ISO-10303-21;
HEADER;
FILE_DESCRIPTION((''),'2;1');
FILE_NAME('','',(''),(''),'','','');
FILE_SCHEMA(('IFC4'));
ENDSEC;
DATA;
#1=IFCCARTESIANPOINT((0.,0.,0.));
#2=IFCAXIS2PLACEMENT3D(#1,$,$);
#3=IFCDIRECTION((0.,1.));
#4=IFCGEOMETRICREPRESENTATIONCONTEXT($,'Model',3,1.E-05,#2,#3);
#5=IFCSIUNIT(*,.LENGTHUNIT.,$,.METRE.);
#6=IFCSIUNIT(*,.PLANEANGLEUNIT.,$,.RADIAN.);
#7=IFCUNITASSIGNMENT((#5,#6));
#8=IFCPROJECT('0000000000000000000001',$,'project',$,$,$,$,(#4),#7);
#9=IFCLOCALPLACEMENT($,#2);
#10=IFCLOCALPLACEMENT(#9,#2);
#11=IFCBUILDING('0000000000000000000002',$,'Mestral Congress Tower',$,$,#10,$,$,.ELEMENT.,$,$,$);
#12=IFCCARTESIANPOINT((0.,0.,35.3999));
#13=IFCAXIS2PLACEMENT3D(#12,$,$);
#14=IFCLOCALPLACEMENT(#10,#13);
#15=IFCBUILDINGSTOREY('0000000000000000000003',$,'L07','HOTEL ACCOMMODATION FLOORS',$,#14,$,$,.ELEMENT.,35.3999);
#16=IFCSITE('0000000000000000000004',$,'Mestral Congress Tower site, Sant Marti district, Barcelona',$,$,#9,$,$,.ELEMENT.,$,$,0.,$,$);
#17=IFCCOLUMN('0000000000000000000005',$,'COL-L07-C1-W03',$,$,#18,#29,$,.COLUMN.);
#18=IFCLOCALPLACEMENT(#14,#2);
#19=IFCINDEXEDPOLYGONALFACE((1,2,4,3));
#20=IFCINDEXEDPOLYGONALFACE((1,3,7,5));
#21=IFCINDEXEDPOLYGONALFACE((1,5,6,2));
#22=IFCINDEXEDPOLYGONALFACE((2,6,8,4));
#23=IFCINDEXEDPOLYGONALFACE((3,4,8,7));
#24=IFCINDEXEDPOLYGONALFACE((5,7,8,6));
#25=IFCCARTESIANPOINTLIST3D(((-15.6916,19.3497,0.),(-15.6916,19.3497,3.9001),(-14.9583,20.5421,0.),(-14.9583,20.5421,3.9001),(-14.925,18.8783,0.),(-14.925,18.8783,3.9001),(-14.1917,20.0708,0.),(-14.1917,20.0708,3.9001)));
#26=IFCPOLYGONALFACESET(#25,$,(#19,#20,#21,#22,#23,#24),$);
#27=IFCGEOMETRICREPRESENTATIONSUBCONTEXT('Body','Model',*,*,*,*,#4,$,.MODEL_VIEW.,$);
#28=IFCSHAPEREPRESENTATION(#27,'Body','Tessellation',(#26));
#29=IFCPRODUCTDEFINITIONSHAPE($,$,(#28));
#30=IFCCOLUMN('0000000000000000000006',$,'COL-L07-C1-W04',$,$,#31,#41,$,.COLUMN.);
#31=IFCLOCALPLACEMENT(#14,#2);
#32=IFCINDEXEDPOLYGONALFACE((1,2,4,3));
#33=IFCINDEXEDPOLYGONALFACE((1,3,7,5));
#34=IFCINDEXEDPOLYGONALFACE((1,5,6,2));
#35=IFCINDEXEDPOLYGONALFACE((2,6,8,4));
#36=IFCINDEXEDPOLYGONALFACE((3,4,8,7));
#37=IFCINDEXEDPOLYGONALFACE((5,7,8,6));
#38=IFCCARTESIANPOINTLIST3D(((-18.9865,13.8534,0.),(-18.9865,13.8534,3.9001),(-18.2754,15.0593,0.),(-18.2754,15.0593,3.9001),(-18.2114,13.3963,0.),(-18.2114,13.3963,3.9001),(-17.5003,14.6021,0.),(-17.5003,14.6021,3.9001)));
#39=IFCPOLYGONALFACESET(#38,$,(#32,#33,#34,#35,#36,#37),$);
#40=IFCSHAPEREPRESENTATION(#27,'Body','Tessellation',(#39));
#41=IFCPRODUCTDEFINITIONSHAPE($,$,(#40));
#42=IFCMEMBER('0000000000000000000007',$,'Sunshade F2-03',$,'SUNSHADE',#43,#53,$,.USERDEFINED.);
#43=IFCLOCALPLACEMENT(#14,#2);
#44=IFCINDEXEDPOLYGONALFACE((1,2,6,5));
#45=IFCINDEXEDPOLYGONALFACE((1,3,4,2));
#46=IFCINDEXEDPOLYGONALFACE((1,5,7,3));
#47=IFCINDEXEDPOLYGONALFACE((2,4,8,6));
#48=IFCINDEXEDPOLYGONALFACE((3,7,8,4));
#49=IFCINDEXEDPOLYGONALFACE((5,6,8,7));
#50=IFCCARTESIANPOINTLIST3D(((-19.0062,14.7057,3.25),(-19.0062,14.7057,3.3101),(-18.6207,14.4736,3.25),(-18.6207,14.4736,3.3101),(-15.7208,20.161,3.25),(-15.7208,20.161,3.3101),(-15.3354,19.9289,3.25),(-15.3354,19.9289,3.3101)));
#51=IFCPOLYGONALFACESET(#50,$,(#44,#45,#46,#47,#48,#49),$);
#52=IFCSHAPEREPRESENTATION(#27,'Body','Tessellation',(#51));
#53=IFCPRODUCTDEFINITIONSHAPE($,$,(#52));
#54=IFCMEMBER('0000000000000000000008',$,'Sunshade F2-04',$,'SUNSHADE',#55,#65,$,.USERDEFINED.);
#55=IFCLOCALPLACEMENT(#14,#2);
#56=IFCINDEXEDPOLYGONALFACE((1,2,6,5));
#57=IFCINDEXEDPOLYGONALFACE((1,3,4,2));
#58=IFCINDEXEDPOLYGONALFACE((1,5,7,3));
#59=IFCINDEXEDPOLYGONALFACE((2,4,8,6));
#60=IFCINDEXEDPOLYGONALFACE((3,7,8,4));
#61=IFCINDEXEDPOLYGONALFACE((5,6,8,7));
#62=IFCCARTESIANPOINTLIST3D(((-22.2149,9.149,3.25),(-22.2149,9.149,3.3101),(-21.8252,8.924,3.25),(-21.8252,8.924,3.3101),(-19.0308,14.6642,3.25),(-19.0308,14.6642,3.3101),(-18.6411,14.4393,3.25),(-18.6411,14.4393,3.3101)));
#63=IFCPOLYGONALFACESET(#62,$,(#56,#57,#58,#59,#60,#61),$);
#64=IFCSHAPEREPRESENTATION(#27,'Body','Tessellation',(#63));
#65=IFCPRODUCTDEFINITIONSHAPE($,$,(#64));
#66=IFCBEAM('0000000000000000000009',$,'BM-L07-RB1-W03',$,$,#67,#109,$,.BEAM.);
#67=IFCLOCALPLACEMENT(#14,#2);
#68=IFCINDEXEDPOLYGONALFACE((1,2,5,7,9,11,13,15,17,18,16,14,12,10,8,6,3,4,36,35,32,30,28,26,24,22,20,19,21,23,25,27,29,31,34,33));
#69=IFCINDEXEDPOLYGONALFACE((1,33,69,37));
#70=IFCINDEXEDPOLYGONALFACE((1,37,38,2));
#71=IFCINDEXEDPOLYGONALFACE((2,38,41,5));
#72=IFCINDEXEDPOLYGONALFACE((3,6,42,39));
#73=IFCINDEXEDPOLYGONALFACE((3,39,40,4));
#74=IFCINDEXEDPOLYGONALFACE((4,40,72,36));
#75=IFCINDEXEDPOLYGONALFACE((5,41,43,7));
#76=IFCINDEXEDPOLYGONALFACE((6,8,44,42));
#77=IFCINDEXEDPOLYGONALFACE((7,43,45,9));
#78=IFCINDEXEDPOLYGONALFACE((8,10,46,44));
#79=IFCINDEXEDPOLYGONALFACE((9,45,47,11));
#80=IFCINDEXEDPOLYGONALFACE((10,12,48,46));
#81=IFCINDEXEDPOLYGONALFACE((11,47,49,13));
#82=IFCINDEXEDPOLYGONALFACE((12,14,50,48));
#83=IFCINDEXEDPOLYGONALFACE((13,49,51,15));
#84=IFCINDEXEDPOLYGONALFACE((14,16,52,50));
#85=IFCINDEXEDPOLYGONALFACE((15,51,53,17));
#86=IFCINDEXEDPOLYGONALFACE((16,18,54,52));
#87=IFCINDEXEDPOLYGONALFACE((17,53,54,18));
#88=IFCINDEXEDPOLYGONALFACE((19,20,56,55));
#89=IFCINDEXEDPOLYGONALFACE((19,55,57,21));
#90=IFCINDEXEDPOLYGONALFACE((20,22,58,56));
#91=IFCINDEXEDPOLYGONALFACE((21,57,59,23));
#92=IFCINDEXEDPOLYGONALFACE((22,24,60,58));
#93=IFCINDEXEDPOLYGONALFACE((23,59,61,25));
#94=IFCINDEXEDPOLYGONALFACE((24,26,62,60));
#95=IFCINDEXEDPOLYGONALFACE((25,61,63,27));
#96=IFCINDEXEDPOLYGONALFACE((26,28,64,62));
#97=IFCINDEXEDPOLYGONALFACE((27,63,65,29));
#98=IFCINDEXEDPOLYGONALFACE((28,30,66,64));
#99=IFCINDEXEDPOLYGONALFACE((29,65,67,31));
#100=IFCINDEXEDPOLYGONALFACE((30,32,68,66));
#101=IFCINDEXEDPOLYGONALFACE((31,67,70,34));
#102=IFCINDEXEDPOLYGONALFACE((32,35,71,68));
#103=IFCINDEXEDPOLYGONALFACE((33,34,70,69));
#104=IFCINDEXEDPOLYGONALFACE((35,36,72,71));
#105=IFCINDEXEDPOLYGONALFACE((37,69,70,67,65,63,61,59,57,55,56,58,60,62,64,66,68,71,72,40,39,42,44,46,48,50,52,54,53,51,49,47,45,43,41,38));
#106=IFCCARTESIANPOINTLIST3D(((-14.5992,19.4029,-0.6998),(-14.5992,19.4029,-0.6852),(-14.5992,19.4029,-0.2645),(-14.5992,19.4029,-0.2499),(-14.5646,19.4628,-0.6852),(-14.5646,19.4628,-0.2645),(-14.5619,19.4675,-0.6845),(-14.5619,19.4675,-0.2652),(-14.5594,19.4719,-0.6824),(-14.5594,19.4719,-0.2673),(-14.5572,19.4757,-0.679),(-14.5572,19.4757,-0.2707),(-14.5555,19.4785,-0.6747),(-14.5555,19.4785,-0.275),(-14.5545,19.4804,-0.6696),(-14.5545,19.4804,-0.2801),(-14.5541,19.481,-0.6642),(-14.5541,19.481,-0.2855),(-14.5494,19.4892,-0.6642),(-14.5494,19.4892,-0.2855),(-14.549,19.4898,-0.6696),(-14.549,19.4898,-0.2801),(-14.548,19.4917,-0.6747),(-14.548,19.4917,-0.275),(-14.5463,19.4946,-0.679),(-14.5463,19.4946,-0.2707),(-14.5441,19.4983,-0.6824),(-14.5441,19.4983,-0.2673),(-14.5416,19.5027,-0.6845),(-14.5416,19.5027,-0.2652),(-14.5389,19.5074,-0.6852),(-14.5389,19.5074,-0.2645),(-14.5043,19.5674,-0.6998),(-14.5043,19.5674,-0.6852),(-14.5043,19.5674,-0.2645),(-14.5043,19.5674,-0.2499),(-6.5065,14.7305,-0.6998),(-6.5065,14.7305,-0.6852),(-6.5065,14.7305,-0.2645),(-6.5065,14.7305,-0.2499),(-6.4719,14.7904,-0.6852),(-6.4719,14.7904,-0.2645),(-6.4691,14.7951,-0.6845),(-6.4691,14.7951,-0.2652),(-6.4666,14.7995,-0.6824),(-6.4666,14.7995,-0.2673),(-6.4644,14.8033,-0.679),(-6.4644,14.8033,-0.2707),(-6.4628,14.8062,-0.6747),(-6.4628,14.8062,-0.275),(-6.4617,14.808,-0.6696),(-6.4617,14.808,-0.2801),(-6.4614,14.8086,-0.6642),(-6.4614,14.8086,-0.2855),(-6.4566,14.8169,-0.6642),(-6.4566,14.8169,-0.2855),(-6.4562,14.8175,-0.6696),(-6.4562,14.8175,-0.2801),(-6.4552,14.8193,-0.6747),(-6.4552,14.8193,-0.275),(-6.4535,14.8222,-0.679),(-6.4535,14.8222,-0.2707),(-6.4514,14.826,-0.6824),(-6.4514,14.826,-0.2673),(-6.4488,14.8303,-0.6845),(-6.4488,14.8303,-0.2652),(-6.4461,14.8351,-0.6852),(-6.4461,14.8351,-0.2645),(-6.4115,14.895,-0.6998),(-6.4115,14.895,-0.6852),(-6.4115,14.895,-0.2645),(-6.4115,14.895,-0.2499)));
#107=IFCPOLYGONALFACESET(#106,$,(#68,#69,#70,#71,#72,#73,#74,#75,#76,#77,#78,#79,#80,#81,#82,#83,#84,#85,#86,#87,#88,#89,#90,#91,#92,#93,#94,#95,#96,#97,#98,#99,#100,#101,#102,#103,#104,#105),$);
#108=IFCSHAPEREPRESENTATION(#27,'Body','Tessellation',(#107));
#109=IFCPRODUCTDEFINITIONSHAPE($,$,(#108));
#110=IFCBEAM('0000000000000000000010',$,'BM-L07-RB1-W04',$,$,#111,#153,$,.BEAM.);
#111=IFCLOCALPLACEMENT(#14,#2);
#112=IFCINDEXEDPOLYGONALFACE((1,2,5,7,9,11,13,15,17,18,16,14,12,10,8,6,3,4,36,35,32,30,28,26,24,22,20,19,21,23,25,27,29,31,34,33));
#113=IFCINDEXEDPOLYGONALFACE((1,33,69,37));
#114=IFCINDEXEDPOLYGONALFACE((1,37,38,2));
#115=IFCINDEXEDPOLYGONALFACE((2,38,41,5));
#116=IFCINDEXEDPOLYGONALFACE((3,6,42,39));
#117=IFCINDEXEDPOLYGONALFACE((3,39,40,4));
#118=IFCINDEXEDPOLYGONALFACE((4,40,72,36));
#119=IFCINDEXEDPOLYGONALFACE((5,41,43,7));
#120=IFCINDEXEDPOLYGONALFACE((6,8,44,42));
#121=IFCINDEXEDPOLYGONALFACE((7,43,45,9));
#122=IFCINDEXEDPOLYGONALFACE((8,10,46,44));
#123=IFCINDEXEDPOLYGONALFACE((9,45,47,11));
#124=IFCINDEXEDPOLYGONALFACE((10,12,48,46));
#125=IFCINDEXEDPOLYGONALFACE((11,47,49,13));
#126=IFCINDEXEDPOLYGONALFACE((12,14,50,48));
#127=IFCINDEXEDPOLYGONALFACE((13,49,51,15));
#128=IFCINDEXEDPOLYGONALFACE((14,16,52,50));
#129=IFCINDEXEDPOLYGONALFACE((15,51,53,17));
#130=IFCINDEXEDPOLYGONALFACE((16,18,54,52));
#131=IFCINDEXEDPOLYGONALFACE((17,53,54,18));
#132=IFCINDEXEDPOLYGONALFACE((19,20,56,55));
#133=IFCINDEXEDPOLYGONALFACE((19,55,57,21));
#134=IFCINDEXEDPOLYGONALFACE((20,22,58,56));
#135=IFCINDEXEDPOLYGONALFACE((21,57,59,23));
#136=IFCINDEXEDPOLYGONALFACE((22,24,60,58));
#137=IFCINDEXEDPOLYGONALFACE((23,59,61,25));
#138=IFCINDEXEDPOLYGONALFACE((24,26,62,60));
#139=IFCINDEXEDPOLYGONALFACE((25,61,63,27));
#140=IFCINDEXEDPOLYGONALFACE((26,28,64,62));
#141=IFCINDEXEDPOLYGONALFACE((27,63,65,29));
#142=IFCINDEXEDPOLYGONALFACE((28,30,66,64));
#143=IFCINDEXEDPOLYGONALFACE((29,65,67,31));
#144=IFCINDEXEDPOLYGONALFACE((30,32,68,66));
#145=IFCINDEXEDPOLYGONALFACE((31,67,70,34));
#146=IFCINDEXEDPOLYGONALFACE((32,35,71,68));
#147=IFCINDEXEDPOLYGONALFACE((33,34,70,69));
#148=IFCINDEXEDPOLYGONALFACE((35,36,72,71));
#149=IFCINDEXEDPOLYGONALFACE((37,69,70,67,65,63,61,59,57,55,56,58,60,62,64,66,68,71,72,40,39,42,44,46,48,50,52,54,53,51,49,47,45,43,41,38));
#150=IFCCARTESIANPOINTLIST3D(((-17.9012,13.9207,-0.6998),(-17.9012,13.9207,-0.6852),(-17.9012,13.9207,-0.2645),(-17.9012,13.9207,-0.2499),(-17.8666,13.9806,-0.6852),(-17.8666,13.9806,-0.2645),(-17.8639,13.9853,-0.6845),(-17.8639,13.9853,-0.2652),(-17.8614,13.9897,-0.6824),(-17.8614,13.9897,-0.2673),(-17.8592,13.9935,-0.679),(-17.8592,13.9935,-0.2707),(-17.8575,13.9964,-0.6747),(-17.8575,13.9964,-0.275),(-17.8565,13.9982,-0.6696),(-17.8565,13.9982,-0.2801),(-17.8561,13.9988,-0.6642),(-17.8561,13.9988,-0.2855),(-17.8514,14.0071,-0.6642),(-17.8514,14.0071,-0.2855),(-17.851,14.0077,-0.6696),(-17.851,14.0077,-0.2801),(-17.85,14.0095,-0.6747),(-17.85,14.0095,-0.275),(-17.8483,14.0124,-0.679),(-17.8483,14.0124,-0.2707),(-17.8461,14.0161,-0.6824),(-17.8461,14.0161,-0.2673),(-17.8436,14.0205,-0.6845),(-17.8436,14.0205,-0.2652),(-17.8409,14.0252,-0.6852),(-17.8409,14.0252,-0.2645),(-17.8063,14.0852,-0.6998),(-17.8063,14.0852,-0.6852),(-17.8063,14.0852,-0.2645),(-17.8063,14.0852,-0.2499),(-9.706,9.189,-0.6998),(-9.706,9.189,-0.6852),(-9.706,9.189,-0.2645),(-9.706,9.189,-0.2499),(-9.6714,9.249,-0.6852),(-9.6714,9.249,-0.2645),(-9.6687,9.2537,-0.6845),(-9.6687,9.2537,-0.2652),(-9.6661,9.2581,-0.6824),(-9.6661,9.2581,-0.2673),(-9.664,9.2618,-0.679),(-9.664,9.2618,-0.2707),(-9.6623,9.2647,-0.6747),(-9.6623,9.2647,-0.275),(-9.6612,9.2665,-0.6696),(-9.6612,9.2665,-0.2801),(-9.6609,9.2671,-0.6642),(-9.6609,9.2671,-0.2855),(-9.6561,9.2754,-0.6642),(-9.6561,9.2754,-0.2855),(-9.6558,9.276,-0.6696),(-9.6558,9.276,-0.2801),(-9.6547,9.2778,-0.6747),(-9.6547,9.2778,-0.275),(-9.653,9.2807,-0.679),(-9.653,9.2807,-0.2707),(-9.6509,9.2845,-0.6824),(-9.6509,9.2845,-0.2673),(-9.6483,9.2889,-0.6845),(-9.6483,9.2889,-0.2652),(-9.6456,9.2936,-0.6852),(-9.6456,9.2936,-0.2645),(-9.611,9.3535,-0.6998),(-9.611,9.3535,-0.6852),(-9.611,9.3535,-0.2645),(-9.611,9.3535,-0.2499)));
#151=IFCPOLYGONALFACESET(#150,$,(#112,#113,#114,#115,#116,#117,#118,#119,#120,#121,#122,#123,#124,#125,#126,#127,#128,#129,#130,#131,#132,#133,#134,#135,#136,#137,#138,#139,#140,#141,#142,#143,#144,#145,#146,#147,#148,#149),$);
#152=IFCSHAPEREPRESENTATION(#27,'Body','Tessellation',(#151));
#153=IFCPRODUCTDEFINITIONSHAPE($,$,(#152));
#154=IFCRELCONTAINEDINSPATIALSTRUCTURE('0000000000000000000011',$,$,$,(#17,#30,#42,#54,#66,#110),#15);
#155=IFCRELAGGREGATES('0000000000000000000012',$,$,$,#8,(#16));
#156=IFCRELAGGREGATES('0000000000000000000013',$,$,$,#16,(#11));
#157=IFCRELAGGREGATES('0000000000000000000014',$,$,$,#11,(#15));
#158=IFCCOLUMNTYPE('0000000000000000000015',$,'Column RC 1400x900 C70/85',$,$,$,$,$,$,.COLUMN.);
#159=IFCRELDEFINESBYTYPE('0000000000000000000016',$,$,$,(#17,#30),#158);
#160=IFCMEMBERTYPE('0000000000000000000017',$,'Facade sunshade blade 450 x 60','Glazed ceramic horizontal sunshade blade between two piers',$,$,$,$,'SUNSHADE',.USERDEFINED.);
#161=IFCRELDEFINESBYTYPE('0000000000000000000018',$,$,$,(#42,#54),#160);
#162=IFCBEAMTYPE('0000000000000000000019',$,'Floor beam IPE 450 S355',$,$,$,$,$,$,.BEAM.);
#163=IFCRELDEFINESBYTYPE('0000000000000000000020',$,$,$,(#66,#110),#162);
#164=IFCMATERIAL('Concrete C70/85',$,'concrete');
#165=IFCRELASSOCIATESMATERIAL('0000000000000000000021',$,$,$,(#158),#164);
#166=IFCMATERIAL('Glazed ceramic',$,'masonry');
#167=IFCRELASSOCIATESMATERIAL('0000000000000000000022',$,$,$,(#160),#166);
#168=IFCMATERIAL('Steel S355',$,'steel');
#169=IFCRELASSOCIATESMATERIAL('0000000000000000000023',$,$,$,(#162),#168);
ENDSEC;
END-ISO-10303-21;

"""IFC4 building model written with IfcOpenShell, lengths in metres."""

from ifc_helpers import new_model, si_unit, direction, frame, origin, origin_2d, place, context, subcontext, project, spatial, rectangle, i_section, extrude, material, material_profile, profile_set, type_object, element, save


model = new_model("IFC4")

# Units and contexts
model_context = context("Model", 3, precision=1e-05, world=origin(), true_north=direction((0.0, 1.0)))
body_context = subcontext(model_context, "Body", "Model", "MODEL_VIEW")
ifc_project = project(units=[si_unit("LENGTHUNIT", "METRE"), si_unit("PLANEANGLEUNIT", "RADIAN")], contexts=[model_context])

# Site, building, storey
site_placement = place(None, origin())
site = spatial("IfcSite", under=ifc_project, at=site_placement, Name="Mestral Congress Tower site, Sant Marti district, Barcelona", CompositionType="ELEMENT", RefElevation=0.0)
building_placement = place(site_placement, origin())
building = spatial("IfcBuilding", under=site, at=building_placement, Name="Mestral Congress Tower", CompositionType="ELEMENT")
storey_placement = place(building_placement, frame((0.0, 0.0, 35.3999)))
storey = spatial("IfcBuildingStorey", under=building, at=storey_placement, Name="L07", Description="HOTEL ACCOMMODATION FLOORS", CompositionType="ELEMENT", Elevation=35.3999)

# Columns
ifc_material_1 = material(Name="Concrete C70/85", Category="concrete")
ifc_material_profile_1 = material_profile(ifc_material_1, rectangle(XDim=1.3999, YDim=0.8999, at=origin_2d()), Name="RC 1400x900")
ifc_profile_set_1 = profile_set([ifc_material_profile_1], Name="Concrete C70/85")
column_type = type_object("IfcColumnType", Name="Column RC 1400x900 C70/85", PredefinedType="COLUMN", material=ifc_profile_set_1)
for number, where, z_axis, x_axis, name in (
    (1, (-14.9417, 19.7102, 0.0), (0.0, 0.0, 1.0), (-0.523819, -0.851829, 0.0), "COL-L07-C1-W03"),
    (2, (-18.2434, 14.2278, 0.0), (0.0, 0.0, 1.0), (-0.507983, -0.861367, 0.0), "COL-L07-C1-W04"),
):
    element("IfcColumn", number, at=place(storey_placement, frame(where, z_axis=z_axis, x_axis=x_axis)), inside=storey, type_object=column_type, Name=name, PredefinedType="COLUMN", context=body_context, shape_type="SweptSolid", body=[
        extrude(rectangle(XDim=1.3999, YDim=0.8999, at=origin_2d()), origin(), (0.0, 0.0, 1.0), 3.9001),
    ])

# Members
ifc_material_2 = material(Name="Glazed ceramic", Category="masonry")
ifc_material_profile_2 = material_profile(ifc_material_2, rectangle(XDim=0.45, YDim=0.0601, at=origin_2d()), Name="Ceramic blade 450 x 60")
ifc_profile_set_2 = profile_set([ifc_material_profile_2], Name="Glazed ceramic")
member_type = type_object("IfcMemberType", Name="Facade sunshade blade 450 x 60", Description="Glazed ceramic horizontal sunshade blade between two piers", ElementType="SUNSHADE", PredefinedType="USERDEFINED", material=ifc_profile_set_2)
member_1_placement = place(storey_placement, frame((-15.5281, 20.0449, 3.28), z_axis=(-0.515905, -0.856646, 0.0), x_axis=(0.856646, -0.515905, 0.0)))
element("IfcMember", 3, at=member_1_placement, inside=storey, type_object=member_type, Name="Sunshade F2-03", ObjectType="SUNSHADE", PredefinedType="USERDEFINED", context=body_context, shape_type="SweptSolid", body=[
    extrude(rectangle(XDim=0.45, YDim=0.0601, at=origin_2d()), origin(), (0.0, 0.0, 1.0), 6.3682),
])
member_2_placement = place(storey_placement, frame((-18.8359, 14.5518, 3.28), z_axis=(-0.49999, -0.866031, 0.0), x_axis=(0.866031, -0.49999, 0.0)))
element("IfcMember", 4, at=member_2_placement, inside=storey, type_object=member_type, Name="Sunshade F2-04", ObjectType="SUNSHADE", PredefinedType="USERDEFINED", context=body_context, shape_type="SweptSolid", body=[
    extrude(rectangle(XDim=0.45, YDim=0.0601, at=origin_2d()), origin(), (0.0, 0.0, 1.0), 6.3684),
])

# Beams
ifc_material_3 = material(Name="Steel S355", Category="steel")
ifc_material_profile_3 = material_profile(ifc_material_3, i_section(OverallWidth=0.1899, OverallDepth=0.45, WebThickness=0.0095, FlangeThickness=0.0146, FilletRadius=0.021, at=origin_2d()), Name="IPE 450")
ifc_profile_set_3 = profile_set([ifc_material_profile_3], Name="Steel S355")
beam_type_1 = type_object("IfcBeamType", Name="Floor beam IPE 450 S355", PredefinedType="BEAM", material=ifc_profile_set_3)
beam_1_placement = place(storey_placement, frame((-14.5518, 19.4851, -0.4749), z_axis=(0.866025, -0.5, 0.0), x_axis=(0.5, 0.866025, 0.0)))
element("IfcBeam", 5, at=beam_1_placement, inside=storey, type_object=beam_type_1, Name="BM-L07-RB1-W03", PredefinedType="BEAM", context=body_context, shape_type="SweptSolid", body=[
    extrude(i_section(OverallWidth=0.1899, OverallDepth=0.45, WebThickness=0.0095, FlangeThickness=0.0146, FilletRadius=0.021, at=origin_2d()), origin(), (0.0, 0.0, 1.0), 9.3447),
])
beam_2_placement = place(storey_placement, frame((-17.8538, 14.0029, -0.4749), z_axis=(0.86602, -0.50001, 0.0), x_axis=(0.50001, 0.86602, 0.0)))
element("IfcBeam", 6, at=beam_2_placement, inside=storey, type_object=beam_type_1, Name="BM-L07-RB1-W04", PredefinedType="BEAM", context=body_context, shape_type="SweptSolid", body=[
    extrude(i_section(OverallWidth=0.1899, OverallDepth=0.45, WebThickness=0.0095, FlangeThickness=0.0146, FilletRadius=0.021, at=origin_2d()), origin(), (0.0, 0.0, 1.0), 9.4631),
])

save(model, "model.ifc")
